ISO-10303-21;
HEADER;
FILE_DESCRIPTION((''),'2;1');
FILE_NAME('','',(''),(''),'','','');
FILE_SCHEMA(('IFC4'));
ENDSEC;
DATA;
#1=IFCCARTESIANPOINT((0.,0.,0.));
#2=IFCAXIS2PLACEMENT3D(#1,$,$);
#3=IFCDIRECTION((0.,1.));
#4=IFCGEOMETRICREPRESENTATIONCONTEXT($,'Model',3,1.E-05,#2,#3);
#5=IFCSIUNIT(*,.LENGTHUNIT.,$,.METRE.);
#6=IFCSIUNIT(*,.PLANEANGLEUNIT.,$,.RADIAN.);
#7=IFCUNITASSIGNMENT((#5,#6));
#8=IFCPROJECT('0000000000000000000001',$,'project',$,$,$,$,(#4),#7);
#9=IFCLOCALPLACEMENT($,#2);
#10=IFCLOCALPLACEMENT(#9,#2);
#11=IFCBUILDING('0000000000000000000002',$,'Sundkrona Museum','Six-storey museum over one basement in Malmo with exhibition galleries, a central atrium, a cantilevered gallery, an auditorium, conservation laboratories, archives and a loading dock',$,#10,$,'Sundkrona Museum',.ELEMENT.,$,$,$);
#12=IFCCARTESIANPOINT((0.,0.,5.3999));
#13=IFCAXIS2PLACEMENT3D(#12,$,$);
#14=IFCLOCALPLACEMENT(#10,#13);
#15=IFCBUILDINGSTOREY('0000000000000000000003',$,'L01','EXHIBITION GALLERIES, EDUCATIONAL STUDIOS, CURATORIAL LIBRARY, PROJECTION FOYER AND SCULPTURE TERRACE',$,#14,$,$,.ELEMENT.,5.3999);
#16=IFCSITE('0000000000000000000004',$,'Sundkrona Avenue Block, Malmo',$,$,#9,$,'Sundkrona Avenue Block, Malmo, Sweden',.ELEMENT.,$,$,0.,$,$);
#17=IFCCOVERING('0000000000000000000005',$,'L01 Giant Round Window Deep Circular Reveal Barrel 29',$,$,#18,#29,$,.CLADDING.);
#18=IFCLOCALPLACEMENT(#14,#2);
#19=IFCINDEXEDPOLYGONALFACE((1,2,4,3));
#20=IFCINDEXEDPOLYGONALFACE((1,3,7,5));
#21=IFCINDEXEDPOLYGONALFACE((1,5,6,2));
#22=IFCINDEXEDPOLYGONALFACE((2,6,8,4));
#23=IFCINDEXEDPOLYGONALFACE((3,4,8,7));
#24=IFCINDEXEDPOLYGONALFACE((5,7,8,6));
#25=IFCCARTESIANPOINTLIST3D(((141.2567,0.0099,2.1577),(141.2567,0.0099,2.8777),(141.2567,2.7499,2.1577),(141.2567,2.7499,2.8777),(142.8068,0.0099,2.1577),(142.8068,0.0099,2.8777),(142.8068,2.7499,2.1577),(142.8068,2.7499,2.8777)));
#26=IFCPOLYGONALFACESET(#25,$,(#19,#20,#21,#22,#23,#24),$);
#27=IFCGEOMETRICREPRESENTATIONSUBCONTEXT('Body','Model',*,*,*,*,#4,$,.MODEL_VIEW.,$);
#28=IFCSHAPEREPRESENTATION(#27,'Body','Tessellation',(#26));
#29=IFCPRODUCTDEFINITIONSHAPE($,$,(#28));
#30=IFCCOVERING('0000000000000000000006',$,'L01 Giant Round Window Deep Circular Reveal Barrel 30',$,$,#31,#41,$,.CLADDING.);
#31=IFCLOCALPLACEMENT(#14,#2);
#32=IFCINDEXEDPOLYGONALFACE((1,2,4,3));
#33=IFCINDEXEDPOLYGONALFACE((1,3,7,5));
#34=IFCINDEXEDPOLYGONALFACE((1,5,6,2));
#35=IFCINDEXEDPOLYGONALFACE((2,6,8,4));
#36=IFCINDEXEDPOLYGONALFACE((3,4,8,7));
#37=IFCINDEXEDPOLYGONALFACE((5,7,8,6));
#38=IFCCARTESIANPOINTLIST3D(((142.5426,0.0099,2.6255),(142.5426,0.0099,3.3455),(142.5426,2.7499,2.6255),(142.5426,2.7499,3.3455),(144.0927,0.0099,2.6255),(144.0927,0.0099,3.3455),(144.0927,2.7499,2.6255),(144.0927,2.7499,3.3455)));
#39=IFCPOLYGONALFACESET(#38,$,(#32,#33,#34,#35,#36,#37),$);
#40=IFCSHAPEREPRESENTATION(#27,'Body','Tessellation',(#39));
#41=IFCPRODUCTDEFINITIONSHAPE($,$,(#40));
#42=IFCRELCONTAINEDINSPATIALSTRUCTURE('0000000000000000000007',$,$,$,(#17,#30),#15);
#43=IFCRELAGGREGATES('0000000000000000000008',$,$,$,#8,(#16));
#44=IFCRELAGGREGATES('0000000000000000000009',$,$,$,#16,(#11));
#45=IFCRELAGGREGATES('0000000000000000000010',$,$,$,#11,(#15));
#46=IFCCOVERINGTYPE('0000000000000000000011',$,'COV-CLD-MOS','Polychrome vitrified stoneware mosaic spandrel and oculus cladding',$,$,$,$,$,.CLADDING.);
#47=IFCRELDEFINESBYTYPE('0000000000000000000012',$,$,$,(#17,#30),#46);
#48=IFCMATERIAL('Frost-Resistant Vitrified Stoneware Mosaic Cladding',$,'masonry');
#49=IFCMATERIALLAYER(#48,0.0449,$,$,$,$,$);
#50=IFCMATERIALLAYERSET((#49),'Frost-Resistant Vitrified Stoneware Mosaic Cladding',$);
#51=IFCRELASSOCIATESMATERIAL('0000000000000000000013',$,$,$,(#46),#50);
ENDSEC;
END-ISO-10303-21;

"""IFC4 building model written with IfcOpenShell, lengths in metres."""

from ifc_helpers import new_model, si_unit, direction, frame, origin, origin_2d, place, context, subcontext, project, spatial, rectangle, extrude, material, layer, layer_set, type_object, element, save


model = new_model("IFC4")

# Units and contexts
model_context = context("Model", 3, precision=1e-05, world=origin(), true_north=direction((0.0, 1.0)))
body_context = subcontext(model_context, "Body", "Model", "MODEL_VIEW")
ifc_project = project(units=[si_unit("LENGTHUNIT", "METRE"), si_unit("PLANEANGLEUNIT", "RADIAN")], contexts=[model_context])

# Site, building, storey
site_placement = place(None, origin())
site = spatial("IfcSite", under=ifc_project, at=site_placement, Name="Sundkrona Avenue Block, Malmo", LongName="Sundkrona Avenue Block, Malmo, Sweden", CompositionType="ELEMENT", RefElevation=0.0)
building_placement = place(site_placement, origin())
building = spatial("IfcBuilding", under=site, at=building_placement, Name="Sundkrona Museum", Description="Six-storey museum over one basement in Malmo with exhibition galleries, a central atrium, a cantilevered gallery, an auditorium, conservation laboratories, archives and a loading dock", LongName="Sundkrona Museum", CompositionType="ELEMENT")
storey_placement = place(building_placement, frame((0.0, 0.0, 5.3999)))
storey = spatial("IfcBuildingStorey", under=building, at=storey_placement, Name="L01", Description="EXHIBITION GALLERIES, EDUCATIONAL STUDIOS, CURATORIAL LIBRARY, PROJECTION FOYER AND SCULPTURE TERRACE", CompositionType="ELEMENT", Elevation=5.3999)

# Coverings
ifc_material_1 = material(Name="Frost-Resistant Vitrified Stoneware Mosaic Cladding", Category="masonry")
ifc_layer_1 = layer(ifc_material_1, 0.0449)
ifc_layer_set_1 = layer_set([ifc_layer_1], Name="Frost-Resistant Vitrified Stoneware Mosaic Cladding")
covering_type = type_object("IfcCoveringType", Name="COV-CLD-MOS", Description="Polychrome vitrified stoneware mosaic spandrel and oculus cladding", PredefinedType="CLADDING", material=ifc_layer_set_1)
for number, where, z_axis, x_axis, name in (
    (1, (142.0317, 1.3799, 2.1577), (0.0, 0.0, 1.0), (1.0, 0.0, 0.0), "L01 Giant Round Window Deep Circular Reveal Barrel 29"),
    (2, (143.3176, 1.3799, 2.6255), (0.0, 0.0, 1.0), (1.0, 0.0, 0.0), "L01 Giant Round Window Deep Circular Reveal Barrel 30"),
):
    element("IfcCovering", number, at=place(storey_placement, frame(where, z_axis=z_axis, x_axis=x_axis)), inside=storey, type_object=covering_type, Name=name, PredefinedType="CLADDING", context=body_context, shape_type="SweptSolid", body=[
        extrude(rectangle(XDim=1.55, YDim=2.74, at=origin_2d()), origin(), (0.0, 0.0, 1.0), 0.72),
    ])

save(model, "model.ifc")
